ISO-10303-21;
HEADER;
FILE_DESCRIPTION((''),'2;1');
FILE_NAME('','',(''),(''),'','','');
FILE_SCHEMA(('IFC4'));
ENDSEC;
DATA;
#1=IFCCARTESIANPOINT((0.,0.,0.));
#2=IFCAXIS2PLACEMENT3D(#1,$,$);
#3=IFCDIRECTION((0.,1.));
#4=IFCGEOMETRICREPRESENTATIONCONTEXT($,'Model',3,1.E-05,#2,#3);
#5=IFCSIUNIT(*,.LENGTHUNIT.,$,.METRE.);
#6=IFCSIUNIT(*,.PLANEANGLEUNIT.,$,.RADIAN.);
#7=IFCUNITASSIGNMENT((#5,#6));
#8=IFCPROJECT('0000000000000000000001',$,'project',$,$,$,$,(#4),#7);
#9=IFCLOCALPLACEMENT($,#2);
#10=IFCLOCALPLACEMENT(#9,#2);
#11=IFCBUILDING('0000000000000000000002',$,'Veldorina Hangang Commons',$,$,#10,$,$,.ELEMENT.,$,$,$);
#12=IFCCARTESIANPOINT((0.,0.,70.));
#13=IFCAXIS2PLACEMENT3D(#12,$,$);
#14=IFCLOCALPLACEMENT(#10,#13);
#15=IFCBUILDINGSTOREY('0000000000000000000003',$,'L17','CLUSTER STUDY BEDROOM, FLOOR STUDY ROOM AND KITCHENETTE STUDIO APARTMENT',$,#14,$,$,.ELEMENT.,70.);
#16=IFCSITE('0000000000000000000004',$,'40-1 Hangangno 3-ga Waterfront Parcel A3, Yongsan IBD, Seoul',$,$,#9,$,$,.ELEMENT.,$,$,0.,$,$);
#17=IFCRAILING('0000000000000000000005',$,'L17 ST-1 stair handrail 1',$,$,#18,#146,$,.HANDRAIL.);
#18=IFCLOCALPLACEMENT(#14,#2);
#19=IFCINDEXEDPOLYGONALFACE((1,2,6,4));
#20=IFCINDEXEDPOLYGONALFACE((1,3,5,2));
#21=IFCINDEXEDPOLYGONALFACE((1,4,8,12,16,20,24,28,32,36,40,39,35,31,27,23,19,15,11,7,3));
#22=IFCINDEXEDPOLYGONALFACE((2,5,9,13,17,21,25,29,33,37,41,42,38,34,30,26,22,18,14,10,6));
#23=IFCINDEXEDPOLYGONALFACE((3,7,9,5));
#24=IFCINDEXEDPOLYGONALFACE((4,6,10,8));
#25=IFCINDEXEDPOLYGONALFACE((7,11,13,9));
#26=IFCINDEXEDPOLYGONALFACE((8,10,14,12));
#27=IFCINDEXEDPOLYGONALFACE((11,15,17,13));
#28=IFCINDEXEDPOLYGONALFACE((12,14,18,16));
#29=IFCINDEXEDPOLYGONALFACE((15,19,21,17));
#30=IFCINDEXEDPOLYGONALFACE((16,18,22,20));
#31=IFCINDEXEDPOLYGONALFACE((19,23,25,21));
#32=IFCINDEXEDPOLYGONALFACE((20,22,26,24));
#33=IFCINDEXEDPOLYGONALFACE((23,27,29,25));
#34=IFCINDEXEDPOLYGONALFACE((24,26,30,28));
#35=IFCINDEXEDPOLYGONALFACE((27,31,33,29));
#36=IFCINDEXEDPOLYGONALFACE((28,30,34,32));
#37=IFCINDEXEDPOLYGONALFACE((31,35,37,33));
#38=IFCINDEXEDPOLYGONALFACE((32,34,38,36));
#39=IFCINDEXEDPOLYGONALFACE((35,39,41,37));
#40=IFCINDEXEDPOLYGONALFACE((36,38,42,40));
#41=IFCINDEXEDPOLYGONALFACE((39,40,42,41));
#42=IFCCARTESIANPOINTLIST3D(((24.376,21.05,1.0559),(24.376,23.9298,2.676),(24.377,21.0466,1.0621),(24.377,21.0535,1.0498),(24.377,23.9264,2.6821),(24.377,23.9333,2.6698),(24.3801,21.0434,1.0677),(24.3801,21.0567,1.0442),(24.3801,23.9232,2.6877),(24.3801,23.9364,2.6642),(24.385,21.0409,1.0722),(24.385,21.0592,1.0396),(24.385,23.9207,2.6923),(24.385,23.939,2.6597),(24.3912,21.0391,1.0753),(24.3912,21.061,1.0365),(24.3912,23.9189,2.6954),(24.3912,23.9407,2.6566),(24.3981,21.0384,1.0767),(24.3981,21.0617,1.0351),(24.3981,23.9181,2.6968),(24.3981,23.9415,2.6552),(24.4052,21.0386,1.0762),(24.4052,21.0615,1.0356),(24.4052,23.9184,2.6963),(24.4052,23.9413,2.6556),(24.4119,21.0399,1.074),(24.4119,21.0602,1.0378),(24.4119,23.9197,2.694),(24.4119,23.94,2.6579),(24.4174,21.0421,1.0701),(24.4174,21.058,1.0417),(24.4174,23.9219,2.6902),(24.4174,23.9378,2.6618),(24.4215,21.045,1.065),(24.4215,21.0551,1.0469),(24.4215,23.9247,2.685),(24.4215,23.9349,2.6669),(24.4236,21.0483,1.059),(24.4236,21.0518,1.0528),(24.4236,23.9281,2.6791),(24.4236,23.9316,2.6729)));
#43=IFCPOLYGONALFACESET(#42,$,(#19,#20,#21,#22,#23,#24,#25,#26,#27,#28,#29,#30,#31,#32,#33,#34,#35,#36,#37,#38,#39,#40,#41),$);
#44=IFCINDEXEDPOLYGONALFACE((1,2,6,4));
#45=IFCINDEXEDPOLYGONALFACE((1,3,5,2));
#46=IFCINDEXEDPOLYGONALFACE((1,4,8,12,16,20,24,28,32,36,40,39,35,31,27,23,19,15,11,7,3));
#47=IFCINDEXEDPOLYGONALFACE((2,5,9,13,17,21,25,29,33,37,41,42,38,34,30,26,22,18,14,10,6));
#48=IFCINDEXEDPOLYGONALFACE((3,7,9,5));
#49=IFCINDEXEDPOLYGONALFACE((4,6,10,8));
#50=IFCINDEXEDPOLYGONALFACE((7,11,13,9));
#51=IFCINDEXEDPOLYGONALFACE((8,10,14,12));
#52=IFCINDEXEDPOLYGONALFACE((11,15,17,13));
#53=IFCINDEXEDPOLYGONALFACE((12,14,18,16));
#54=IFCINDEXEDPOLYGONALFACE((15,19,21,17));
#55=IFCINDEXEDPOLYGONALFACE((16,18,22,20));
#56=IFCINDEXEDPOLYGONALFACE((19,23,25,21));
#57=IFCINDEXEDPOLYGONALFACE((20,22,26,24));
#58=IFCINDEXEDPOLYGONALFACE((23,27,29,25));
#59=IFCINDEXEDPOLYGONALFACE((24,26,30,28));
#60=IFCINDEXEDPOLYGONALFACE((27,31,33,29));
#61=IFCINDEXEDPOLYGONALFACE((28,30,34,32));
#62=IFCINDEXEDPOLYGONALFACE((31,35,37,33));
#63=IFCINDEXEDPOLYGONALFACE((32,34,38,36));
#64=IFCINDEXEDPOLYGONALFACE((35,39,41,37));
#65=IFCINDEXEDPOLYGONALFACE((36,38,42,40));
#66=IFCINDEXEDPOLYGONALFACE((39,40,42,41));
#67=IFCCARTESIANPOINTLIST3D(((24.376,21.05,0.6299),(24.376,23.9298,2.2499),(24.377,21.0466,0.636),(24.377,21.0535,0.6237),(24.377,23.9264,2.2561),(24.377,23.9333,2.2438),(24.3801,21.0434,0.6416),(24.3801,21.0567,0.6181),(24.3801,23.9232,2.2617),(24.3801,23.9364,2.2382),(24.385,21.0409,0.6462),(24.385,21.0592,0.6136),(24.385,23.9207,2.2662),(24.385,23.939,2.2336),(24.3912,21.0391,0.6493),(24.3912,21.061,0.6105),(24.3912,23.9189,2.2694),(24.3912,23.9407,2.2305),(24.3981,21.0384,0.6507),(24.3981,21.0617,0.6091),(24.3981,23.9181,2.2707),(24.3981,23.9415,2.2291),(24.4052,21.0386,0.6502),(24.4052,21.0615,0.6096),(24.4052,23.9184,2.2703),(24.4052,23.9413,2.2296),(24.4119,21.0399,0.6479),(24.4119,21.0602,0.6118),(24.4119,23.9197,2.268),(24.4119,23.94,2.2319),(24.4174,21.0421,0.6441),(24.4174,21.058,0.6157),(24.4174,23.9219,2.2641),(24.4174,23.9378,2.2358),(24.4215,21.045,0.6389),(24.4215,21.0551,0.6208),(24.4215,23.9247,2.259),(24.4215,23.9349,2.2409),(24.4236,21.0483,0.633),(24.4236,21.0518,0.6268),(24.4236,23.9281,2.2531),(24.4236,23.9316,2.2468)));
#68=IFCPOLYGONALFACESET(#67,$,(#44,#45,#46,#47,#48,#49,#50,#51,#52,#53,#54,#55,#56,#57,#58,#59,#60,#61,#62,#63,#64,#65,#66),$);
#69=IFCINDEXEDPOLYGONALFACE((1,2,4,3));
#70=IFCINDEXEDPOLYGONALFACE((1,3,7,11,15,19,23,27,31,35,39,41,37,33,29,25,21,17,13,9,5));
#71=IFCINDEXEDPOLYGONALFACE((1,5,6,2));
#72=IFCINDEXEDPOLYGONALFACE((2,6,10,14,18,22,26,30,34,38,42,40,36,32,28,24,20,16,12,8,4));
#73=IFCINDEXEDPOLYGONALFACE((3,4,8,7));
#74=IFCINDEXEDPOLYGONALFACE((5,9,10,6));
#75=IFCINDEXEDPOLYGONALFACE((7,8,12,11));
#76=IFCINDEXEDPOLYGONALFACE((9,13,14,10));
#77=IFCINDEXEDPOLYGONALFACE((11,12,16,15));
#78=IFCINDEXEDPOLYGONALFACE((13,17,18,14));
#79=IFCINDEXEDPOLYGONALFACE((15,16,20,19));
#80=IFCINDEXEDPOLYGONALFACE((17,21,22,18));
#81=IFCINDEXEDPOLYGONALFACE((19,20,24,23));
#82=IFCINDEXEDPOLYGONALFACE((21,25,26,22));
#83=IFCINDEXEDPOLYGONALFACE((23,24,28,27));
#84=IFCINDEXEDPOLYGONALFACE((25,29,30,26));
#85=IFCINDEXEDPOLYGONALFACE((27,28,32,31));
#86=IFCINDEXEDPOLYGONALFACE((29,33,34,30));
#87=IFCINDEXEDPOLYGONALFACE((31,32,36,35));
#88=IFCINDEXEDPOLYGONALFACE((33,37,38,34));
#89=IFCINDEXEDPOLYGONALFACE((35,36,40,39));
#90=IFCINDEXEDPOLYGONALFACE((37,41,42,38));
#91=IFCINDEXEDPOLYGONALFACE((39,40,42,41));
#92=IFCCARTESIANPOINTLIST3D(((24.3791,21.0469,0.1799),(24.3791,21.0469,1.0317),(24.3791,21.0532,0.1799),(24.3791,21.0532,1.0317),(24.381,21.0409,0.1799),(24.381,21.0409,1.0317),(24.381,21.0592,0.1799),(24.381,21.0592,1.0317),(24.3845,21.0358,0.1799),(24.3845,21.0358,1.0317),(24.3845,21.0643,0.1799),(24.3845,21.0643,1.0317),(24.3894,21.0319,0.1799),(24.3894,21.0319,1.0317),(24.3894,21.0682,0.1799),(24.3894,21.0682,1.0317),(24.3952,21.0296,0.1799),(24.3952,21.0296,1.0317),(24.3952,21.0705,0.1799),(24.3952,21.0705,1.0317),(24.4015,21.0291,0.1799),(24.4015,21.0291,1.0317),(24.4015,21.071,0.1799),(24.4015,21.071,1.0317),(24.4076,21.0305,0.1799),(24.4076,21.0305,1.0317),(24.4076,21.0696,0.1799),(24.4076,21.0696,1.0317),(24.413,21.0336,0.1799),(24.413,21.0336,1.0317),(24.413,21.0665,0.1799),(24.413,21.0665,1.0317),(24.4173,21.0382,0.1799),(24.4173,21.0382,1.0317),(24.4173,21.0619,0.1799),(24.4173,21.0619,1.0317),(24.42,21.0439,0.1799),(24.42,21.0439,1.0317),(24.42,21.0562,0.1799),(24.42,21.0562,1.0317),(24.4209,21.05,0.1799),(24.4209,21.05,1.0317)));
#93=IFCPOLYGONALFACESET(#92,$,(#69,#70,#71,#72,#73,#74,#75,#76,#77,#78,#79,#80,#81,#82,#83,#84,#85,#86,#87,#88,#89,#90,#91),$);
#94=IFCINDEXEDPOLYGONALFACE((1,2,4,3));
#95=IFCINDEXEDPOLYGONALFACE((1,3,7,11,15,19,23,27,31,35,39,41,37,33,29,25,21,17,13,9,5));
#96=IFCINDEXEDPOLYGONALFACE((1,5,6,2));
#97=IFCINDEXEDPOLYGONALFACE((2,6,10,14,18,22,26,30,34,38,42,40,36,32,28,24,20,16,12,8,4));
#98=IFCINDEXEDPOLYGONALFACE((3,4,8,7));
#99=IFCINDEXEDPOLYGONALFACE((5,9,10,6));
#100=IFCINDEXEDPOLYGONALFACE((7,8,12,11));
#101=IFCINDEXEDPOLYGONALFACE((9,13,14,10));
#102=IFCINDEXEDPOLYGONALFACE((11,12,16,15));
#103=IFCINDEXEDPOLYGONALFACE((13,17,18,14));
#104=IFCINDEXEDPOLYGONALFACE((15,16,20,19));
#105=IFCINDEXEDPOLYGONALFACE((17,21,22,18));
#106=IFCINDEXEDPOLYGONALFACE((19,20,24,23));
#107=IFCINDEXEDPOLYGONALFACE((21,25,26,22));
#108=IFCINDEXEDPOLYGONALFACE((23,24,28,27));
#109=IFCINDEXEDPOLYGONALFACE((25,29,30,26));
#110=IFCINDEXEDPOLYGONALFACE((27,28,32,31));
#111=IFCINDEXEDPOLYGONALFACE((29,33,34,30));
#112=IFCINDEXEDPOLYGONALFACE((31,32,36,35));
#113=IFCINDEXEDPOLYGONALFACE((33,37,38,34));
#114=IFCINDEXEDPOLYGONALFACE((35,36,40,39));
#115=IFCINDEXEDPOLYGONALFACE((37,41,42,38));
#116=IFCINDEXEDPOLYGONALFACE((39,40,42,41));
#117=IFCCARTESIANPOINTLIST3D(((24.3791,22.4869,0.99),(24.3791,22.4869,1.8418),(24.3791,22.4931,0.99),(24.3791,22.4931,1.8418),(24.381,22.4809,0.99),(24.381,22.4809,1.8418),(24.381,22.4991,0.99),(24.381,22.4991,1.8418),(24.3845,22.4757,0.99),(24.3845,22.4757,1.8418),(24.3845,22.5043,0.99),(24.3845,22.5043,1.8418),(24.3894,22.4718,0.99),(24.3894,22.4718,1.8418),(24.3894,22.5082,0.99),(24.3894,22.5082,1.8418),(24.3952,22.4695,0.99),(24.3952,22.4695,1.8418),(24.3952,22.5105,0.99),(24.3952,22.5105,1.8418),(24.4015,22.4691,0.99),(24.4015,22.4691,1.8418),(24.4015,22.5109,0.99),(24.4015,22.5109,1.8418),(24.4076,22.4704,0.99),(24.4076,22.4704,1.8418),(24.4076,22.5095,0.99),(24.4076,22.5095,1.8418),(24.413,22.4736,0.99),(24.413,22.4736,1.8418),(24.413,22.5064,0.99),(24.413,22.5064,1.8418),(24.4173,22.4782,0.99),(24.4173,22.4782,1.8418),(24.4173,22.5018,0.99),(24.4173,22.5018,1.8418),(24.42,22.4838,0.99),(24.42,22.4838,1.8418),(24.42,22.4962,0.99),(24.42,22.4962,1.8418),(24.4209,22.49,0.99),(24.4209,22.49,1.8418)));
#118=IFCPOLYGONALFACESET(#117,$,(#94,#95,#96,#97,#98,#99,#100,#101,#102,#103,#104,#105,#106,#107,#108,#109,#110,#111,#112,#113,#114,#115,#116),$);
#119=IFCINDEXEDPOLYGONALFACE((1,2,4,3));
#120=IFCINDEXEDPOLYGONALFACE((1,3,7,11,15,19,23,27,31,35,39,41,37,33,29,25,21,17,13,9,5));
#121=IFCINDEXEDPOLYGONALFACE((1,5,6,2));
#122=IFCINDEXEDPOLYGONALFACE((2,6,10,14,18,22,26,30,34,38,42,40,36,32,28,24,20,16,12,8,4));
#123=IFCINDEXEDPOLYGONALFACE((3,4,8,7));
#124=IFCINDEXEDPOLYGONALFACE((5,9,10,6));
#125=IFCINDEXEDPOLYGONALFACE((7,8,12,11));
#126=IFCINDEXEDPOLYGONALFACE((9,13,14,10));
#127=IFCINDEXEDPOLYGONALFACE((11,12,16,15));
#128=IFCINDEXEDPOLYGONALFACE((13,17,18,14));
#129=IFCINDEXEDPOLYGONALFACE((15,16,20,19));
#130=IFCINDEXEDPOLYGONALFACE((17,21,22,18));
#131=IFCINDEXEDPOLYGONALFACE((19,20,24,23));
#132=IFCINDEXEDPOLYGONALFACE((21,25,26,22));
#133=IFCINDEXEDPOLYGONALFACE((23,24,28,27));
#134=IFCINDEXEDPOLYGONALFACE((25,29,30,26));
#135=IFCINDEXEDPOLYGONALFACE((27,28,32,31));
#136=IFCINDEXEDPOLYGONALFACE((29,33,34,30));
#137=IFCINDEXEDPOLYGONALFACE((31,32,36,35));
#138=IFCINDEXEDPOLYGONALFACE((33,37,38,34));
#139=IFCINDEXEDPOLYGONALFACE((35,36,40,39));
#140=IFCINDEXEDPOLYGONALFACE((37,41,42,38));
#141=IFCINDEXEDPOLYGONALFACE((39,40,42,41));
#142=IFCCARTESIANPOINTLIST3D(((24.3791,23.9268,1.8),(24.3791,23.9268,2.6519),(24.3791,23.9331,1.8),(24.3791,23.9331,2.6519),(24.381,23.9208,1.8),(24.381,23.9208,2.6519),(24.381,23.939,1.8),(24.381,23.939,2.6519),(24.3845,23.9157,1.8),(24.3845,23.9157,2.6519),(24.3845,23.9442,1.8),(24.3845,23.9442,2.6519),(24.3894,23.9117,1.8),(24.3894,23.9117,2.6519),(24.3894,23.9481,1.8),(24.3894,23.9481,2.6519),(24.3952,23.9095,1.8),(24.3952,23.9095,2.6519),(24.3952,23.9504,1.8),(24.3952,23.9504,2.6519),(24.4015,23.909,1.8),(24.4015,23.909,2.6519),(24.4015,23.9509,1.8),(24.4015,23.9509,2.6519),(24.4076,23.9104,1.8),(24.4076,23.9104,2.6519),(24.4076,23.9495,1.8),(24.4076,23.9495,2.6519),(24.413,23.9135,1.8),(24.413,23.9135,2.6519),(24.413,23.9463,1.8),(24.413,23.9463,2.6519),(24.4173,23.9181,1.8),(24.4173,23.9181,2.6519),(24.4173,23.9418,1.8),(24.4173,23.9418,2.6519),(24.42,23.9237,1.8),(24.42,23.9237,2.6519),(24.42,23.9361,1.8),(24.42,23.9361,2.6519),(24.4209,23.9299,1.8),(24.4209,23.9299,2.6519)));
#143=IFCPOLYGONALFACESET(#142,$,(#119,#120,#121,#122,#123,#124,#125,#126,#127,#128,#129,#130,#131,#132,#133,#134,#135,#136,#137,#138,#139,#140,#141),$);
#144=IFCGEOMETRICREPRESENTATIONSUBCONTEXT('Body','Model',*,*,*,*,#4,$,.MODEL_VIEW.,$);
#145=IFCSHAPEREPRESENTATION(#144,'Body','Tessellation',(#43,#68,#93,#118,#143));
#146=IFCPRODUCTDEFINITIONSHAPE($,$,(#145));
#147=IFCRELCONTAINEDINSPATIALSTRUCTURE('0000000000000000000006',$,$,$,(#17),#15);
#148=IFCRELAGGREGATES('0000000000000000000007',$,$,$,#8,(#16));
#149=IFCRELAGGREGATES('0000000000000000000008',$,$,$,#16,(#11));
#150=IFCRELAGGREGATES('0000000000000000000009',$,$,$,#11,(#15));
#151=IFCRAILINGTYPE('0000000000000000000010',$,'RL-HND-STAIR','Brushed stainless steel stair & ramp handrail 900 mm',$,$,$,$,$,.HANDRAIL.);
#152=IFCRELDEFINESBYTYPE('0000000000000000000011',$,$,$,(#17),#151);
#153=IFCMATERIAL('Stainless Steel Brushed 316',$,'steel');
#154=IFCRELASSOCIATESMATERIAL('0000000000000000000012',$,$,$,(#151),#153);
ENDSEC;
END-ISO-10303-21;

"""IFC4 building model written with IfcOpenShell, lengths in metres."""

from ifc_helpers import new_model, si_unit, direction, frame, origin, origin_2d, place, context, subcontext, project, spatial, circle, extrude, material, type_object, element, save


model = new_model("IFC4")

# Units and contexts
model_context = context("Model", 3, precision=1e-05, world=origin(), true_north=direction((0.0, 1.0)))
body_context = subcontext(model_context, "Body", "Model", "MODEL_VIEW")
ifc_project = project(units=[si_unit("LENGTHUNIT", "METRE"), si_unit("PLANEANGLEUNIT", "RADIAN")], contexts=[model_context])

# Site, building, storey
site_placement = place(None, origin())
site = spatial("IfcSite", under=ifc_project, at=site_placement, Name="40-1 Hangangno 3-ga Waterfront Parcel A3, Yongsan IBD, Seoul", CompositionType="ELEMENT", RefElevation=0.0)
building_placement = place(site_placement, origin())
building = spatial("IfcBuilding", under=site, at=building_placement, Name="Veldorina Hangang Commons", CompositionType="ELEMENT")
storey_placement = place(building_placement, frame((0.0, 0.0, 70.0)))
storey = spatial("IfcBuildingStorey", under=building, at=storey_placement, Name="L17", Description="CLUSTER STUDY BEDROOM, FLOOR STUDY ROOM AND KITCHENETTE STUDIO APARTMENT", CompositionType="ELEMENT", Elevation=70.0)

# Railing
ifc_material_1 = material(Name="Stainless Steel Brushed 316", Category="steel")
railing_type_1 = type_object("IfcRailingType", Name="RL-HND-STAIR", Description="Brushed stainless steel stair & ramp handrail 900 mm", PredefinedType="HANDRAIL", material=ifc_material_1)
railing_1_placement = place(storey_placement, frame((24.3999, 21.05, 0.1799)))
element("IfcRailing", 1, at=railing_1_placement, inside=storey, type_object=railing_type_1, Name="L17 ST-1 stair handrail 1", PredefinedType="HANDRAIL", context=body_context, shape_type="SweptSolid", body=[
    extrude(circle(Radius=0.0239, at=origin_2d()), frame((0.0, 0.0, 0.876), z_axis=(0.0, 0.871552, 0.490303), x_axis=(-1.0, 0.0, 0.0)), (0.0, 0.0, 1.0), 3.3042),
    extrude(circle(Radius=0.0239, at=origin_2d()), frame((0.0, 0.0, 0.45), z_axis=(0.0, 0.871552, 0.490303), x_axis=(-1.0, 0.0, 0.0)), (0.0, 0.0, 1.0), 3.3042),
    extrude(circle(Radius=0.021, at=origin_2d()), origin(), (0.0, 0.0, 1.0), 0.8518),
    extrude(circle(Radius=0.021, at=origin_2d()), frame((0.0, 1.4399, 0.8101)), (0.0, 0.0, 1.0), 0.8518),
    extrude(circle(Radius=0.021, at=origin_2d()), frame((0.0, 2.8799, 1.6201)), (0.0, 0.0, 1.0), 0.8518),
])

save(model, "model.ifc")
